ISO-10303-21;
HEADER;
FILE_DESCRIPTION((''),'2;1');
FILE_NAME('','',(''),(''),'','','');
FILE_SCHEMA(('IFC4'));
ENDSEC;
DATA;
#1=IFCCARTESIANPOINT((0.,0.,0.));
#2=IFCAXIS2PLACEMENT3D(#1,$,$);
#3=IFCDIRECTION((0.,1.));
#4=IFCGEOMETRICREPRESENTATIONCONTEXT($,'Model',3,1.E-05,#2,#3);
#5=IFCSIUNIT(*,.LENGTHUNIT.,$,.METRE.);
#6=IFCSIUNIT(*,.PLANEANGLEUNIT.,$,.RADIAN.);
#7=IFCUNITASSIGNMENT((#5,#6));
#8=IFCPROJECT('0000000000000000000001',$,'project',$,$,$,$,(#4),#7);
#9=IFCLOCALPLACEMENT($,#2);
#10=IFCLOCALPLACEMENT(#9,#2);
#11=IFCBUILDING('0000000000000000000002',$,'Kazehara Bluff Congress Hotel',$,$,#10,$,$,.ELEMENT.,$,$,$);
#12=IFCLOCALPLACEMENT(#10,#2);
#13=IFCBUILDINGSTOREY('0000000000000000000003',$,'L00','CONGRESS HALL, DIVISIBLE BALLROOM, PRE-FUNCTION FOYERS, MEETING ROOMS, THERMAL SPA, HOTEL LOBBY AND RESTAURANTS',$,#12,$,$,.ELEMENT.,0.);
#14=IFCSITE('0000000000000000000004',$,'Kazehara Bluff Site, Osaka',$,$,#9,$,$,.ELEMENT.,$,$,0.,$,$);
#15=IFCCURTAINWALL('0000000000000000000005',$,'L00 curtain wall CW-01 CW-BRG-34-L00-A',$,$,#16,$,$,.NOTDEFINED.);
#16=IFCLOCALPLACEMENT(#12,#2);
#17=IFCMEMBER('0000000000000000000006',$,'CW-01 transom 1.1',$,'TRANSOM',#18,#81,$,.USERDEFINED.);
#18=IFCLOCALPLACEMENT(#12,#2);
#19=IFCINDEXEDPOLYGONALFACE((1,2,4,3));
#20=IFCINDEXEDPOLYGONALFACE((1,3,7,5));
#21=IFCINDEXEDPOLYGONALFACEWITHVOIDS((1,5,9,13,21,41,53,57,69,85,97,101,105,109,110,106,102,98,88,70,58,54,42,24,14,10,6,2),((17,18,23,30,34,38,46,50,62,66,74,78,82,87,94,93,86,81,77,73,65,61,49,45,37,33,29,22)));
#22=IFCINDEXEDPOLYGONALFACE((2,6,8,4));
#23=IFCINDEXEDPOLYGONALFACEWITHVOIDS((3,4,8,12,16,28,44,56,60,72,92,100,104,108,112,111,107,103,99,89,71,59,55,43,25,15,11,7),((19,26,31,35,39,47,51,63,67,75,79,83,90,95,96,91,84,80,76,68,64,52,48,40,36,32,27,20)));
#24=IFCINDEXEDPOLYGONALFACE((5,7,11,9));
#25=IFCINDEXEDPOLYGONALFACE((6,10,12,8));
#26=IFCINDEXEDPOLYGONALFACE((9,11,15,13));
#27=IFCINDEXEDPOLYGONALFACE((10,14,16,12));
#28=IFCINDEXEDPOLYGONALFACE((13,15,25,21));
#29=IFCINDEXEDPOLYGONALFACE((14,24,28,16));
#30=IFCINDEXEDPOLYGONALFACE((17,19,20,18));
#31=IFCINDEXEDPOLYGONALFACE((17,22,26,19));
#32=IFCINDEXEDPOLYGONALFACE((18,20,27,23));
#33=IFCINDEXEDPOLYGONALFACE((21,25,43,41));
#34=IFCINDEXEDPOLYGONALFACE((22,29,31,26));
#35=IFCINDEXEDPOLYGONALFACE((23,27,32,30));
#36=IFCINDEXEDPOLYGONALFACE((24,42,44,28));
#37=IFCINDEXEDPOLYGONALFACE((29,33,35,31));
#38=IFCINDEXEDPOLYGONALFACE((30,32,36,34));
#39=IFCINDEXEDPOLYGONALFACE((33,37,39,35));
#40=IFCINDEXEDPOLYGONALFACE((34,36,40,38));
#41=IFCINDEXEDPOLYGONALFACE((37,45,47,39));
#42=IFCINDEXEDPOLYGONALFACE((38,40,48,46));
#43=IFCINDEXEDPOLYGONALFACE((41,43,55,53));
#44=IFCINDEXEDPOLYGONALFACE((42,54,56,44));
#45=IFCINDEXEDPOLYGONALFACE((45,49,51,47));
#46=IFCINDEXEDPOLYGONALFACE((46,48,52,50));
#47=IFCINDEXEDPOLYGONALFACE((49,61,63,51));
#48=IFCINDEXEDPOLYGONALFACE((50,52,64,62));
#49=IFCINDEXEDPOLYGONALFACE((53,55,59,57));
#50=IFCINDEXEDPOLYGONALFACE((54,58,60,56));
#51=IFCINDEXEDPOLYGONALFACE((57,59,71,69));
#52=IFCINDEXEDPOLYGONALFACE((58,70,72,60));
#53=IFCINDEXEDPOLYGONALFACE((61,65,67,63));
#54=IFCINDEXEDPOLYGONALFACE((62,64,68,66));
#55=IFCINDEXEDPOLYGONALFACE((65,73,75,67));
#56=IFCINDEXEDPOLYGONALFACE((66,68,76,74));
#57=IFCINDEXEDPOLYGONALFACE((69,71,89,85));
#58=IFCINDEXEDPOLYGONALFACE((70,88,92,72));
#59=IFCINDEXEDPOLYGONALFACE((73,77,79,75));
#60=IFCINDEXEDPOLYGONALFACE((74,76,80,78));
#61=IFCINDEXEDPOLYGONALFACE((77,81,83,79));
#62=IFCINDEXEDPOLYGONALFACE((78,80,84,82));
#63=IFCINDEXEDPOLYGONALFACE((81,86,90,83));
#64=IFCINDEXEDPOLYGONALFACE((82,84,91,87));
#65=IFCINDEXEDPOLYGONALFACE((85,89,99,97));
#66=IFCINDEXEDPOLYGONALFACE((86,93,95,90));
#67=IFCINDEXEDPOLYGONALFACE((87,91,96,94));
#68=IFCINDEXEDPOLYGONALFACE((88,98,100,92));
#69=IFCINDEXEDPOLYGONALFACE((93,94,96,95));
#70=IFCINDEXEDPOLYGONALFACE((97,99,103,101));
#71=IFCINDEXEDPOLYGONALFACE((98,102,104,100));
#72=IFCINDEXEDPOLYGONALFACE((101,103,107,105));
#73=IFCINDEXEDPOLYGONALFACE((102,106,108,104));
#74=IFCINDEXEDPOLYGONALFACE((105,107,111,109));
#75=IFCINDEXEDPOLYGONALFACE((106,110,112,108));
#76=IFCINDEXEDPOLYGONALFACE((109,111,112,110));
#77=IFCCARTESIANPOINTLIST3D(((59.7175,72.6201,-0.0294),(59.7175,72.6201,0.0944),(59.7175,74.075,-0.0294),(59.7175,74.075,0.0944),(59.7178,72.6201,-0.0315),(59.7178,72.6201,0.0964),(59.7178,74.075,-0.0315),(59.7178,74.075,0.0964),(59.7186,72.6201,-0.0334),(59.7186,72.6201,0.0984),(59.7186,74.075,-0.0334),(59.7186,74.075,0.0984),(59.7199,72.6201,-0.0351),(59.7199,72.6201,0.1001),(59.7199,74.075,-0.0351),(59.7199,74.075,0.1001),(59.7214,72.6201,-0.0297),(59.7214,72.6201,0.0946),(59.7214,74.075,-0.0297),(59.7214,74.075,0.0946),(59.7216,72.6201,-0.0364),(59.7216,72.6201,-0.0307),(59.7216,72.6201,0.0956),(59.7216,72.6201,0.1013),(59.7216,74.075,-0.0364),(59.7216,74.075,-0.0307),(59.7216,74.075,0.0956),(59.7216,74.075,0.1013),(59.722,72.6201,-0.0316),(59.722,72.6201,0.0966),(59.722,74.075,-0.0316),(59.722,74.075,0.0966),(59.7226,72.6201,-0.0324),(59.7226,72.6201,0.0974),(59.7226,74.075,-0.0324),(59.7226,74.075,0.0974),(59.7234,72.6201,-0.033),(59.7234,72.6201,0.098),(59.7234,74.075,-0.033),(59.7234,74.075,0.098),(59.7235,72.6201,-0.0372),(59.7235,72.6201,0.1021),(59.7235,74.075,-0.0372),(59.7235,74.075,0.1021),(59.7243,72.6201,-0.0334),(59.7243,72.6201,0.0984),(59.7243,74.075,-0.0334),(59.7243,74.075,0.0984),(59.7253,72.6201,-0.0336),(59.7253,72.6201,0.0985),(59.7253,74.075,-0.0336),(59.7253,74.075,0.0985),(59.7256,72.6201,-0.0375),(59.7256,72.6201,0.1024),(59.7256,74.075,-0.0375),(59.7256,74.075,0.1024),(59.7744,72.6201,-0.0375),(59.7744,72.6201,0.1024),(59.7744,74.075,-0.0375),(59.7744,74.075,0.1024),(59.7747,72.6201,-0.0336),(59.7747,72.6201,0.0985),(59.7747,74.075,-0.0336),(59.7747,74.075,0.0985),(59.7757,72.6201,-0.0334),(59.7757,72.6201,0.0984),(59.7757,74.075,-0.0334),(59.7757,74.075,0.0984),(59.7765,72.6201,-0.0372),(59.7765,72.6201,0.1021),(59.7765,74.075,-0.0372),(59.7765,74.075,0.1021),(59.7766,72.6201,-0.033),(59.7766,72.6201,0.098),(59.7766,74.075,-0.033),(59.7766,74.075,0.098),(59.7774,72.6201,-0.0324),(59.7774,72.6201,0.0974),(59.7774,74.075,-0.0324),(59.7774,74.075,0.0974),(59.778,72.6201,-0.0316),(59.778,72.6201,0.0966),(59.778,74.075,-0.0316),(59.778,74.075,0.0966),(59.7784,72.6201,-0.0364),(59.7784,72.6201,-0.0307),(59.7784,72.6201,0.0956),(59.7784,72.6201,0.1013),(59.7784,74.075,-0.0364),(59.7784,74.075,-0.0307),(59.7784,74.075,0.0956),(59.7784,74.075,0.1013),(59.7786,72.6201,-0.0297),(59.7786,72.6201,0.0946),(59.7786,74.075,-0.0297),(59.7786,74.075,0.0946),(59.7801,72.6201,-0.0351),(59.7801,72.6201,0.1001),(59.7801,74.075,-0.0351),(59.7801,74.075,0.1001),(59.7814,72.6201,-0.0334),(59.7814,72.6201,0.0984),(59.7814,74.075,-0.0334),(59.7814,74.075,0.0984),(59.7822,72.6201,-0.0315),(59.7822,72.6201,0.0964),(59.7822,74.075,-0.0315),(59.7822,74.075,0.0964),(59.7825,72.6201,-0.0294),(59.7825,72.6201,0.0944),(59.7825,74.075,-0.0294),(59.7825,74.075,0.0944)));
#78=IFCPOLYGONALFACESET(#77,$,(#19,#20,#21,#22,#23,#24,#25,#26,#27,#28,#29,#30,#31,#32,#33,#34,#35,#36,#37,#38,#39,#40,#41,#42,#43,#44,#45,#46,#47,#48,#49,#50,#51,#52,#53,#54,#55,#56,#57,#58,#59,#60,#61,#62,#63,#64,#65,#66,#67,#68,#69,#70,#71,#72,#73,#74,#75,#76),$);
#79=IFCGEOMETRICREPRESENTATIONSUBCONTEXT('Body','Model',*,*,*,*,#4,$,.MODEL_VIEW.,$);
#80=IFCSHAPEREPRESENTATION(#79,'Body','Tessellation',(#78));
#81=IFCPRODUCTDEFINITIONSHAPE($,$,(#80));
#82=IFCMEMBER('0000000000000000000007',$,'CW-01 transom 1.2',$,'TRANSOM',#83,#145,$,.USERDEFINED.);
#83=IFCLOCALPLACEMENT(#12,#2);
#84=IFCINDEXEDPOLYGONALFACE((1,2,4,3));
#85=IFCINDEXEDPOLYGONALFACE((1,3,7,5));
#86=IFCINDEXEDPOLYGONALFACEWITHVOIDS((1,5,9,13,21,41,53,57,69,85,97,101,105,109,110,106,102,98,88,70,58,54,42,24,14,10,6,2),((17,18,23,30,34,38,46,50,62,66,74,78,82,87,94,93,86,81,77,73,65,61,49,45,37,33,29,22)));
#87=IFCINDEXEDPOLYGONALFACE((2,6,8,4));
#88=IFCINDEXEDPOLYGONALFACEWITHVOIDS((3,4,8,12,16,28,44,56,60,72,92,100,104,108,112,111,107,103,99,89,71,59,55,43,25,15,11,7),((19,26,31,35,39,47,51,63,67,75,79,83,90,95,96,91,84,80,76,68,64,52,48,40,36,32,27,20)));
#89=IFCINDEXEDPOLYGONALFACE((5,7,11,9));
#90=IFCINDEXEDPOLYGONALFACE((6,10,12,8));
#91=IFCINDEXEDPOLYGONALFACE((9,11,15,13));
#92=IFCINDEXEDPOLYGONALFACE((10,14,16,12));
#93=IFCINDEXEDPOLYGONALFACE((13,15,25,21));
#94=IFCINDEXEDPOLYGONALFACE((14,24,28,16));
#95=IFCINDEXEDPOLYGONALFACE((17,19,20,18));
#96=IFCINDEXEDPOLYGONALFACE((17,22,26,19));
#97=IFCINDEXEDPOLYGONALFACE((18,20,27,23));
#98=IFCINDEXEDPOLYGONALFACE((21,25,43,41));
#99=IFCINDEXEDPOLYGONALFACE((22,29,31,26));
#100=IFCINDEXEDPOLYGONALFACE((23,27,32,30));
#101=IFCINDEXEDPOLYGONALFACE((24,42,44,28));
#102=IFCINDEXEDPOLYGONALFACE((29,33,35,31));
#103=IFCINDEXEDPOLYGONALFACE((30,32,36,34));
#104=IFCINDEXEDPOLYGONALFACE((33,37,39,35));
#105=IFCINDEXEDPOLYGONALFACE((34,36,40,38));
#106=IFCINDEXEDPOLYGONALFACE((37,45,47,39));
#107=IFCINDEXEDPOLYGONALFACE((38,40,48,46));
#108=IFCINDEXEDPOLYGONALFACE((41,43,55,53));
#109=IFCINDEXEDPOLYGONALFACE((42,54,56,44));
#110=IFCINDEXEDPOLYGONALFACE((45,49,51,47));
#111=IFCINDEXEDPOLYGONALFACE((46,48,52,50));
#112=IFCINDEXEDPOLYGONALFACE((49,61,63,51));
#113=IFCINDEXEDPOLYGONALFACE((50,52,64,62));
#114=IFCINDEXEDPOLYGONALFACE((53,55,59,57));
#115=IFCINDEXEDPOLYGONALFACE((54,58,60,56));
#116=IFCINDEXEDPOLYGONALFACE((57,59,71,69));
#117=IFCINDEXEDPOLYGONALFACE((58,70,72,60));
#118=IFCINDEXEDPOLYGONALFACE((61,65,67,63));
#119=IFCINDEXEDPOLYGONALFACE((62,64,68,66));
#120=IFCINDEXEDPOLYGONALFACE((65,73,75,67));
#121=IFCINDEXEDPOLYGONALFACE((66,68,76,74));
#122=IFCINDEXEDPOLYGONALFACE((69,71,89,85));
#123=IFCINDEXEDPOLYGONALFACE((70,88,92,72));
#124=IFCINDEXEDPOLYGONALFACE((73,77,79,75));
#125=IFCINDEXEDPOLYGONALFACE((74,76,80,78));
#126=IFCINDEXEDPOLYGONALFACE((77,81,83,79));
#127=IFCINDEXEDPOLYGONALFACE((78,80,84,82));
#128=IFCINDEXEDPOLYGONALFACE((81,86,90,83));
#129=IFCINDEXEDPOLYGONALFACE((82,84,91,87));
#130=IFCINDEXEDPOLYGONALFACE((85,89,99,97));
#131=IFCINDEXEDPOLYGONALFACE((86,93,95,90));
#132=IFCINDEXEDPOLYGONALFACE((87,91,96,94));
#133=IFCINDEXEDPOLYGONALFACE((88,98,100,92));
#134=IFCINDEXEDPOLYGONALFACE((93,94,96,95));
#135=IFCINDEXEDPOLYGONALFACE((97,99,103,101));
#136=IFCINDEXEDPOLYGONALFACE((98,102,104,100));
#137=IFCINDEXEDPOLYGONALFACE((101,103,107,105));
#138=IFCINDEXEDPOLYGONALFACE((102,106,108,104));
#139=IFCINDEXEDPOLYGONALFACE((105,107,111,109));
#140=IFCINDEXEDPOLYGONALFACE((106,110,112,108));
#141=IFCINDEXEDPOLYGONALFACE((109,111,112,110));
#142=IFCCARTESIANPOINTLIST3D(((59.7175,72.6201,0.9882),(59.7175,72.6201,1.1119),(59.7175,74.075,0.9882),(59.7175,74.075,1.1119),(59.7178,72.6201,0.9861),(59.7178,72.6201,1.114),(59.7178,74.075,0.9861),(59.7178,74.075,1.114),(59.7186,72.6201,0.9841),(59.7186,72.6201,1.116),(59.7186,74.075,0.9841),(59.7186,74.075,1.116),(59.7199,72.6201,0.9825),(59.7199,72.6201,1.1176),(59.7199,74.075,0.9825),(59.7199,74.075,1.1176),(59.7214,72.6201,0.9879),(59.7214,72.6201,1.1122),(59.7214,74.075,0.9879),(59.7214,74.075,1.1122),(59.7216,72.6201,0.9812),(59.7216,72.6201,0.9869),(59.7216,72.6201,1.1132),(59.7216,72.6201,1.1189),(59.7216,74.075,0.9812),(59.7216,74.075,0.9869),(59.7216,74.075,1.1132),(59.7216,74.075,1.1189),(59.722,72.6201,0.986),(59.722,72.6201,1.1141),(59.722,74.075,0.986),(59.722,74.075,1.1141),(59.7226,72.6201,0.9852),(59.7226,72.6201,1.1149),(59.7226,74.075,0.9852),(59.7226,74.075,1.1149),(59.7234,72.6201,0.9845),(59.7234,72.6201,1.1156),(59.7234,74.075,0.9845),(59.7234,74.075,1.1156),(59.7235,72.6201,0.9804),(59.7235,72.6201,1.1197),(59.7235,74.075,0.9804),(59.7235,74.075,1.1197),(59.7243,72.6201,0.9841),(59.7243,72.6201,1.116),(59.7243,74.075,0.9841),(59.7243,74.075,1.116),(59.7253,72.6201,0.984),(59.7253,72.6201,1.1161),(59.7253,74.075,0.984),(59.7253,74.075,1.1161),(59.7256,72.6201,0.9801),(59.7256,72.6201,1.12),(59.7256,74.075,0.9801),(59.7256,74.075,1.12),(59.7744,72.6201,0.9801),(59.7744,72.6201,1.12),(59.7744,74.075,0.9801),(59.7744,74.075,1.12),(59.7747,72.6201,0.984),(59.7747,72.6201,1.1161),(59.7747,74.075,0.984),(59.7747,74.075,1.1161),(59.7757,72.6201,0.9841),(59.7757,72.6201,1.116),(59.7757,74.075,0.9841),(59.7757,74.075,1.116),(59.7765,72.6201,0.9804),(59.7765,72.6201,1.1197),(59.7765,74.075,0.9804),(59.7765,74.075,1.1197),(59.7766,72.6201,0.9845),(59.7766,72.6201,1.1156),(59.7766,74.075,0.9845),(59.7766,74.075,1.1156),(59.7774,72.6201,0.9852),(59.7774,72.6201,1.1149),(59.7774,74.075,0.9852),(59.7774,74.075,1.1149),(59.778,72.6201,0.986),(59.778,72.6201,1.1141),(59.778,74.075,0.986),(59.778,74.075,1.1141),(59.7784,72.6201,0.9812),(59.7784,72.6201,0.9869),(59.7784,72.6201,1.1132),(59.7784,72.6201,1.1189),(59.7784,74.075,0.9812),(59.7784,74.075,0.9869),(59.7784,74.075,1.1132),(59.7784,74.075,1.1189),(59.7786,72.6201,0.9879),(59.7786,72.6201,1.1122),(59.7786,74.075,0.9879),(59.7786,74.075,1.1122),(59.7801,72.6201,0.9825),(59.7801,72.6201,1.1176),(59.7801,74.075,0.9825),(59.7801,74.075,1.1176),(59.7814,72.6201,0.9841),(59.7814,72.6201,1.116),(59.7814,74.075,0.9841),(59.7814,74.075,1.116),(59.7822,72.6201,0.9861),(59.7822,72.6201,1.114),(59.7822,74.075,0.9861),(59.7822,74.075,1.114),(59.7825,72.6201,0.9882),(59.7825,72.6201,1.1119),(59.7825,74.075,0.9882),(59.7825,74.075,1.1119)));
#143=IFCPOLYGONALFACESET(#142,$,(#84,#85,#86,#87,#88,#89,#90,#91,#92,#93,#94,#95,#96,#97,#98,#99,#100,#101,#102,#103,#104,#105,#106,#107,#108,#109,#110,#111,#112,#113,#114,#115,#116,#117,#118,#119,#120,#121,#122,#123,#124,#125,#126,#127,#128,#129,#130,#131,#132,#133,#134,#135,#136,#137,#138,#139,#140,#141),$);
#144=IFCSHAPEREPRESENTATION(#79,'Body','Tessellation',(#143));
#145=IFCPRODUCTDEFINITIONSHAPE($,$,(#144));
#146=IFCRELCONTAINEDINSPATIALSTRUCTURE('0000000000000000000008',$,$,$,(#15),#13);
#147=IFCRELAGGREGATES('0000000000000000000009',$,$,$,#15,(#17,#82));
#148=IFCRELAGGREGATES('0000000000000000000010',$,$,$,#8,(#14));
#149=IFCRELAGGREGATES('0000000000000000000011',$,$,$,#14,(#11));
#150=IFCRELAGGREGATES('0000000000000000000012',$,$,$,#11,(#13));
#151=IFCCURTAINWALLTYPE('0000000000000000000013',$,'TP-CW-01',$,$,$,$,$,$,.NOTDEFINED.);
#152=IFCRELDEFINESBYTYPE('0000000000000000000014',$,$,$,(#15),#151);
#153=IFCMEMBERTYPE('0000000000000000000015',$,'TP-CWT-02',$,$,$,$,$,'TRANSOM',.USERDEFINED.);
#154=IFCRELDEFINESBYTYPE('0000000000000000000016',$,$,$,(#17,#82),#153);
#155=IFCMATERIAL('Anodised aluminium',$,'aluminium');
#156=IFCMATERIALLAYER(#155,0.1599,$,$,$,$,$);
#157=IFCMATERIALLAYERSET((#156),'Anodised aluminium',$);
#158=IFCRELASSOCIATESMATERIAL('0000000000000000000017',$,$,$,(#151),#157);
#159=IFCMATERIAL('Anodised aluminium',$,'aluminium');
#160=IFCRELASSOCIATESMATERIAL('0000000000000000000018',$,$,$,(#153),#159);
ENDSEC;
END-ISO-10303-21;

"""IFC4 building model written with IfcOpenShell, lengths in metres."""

from ifc_helpers import new_model, si_unit, direction, frame, origin, origin_2d, place, context, subcontext, project, spatial, hollow_rectangle, extrude, material, layer, layer_set, material_profile, profile_set, type_object, element, aggregate, save


model = new_model("IFC4")

# Units and contexts
model_context = context("Model", 3, precision=1e-05, world=origin(), true_north=direction((0.0, 1.0)))
body_context = subcontext(model_context, "Body", "Model", "MODEL_VIEW")
ifc_project = project(units=[si_unit("LENGTHUNIT", "METRE"), si_unit("PLANEANGLEUNIT", "RADIAN")], contexts=[model_context])

# Site, building, storey
site_placement = place(None, origin())
site = spatial("IfcSite", under=ifc_project, at=site_placement, Name="Kazehara Bluff Site, Osaka", CompositionType="ELEMENT", RefElevation=0.0)
building_placement = place(site_placement, origin())
building = spatial("IfcBuilding", under=site, at=building_placement, Name="Kazehara Bluff Congress Hotel", CompositionType="ELEMENT")
storey_placement = place(building_placement, origin())
storey = spatial("IfcBuildingStorey", under=building, at=storey_placement, Name="L00", Description="CONGRESS HALL, DIVISIBLE BALLROOM, PRE-FUNCTION FOYERS, MEETING ROOMS, THERMAL SPA, HOTEL LOBBY AND RESTAURANTS", CompositionType="ELEMENT", Elevation=0.0)

# Curtain wall
ifc_material_1 = material(Name="Anodised aluminium", Category="aluminium")
ifc_layer_1 = layer(ifc_material_1, 0.1599)
ifc_layer_set_1 = layer_set([ifc_layer_1], Name="Anodised aluminium")
curtain_wall_type = type_object("IfcCurtainWallType", Name="TP-CW-01", PredefinedType="NOTDEFINED", material=ifc_layer_set_1)
curtain_wall_1_placement = place(storey_placement, origin())
curtain_wall_1 = element("IfcCurtainWall", 1, at=curtain_wall_1_placement, inside=storey, type_object=curtain_wall_type, Name="L00 curtain wall CW-01 CW-BRG-34-L00-A", PredefinedType="NOTDEFINED")

# Members
ifc_material_2 = material(Name="Anodised aluminium", Category="aluminium")
ifc_material_profile_1 = material_profile(ifc_material_2, hollow_rectangle(XDim=0.0649, YDim=0.1399, WallThickness=0.0039, InnerFilletRadius=0.0039, OuterFilletRadius=0.0081, at=origin_2d()))
ifc_profile_set_1 = profile_set([ifc_material_profile_1], Name="Anodised aluminium")
member_type_1 = type_object("IfcMemberType", Name="TP-CWT-02", ElementType="TRANSOM", PredefinedType="USERDEFINED", material=ifc_profile_set_1)
member_1_placement = place(storey_placement, frame((59.75, 72.6201, 0.0325), z_axis=(0.0, 1.0, 0.0), x_axis=(-1.0, 0.0, 0.0)))
member_1 = element("IfcMember", 2, at=member_1_placement, type_object=member_type_1, Name="CW-01 transom 1.1", ObjectType="TRANSOM", PredefinedType="USERDEFINED", context=body_context, shape_type="SweptSolid", body=[
    extrude(hollow_rectangle(XDim=0.0649, YDim=0.1399, WallThickness=0.0039, InnerFilletRadius=0.0039, OuterFilletRadius=0.0081, at=origin_2d()), origin(), (0.0, 0.0, 1.0), 1.4548),
])
member_2_placement = place(storey_placement, frame((59.75, 72.6201, 1.05), z_axis=(0.0, 1.0, 0.0), x_axis=(-1.0, 0.0, 0.0)))
member_2 = element("IfcMember", 3, at=member_2_placement, type_object=member_type_1, Name="CW-01 transom 1.2", ObjectType="TRANSOM", PredefinedType="USERDEFINED", context=body_context, shape_type="SweptSolid", body=[
    extrude(hollow_rectangle(XDim=0.0649, YDim=0.1399, WallThickness=0.0039, InnerFilletRadius=0.0039, OuterFilletRadius=0.0081, at=origin_2d()), origin(), (0.0, 0.0, 1.0), 1.4548),
])
aggregate(curtain_wall_1, [member_1, member_2])

save(model, "model.ifc")
